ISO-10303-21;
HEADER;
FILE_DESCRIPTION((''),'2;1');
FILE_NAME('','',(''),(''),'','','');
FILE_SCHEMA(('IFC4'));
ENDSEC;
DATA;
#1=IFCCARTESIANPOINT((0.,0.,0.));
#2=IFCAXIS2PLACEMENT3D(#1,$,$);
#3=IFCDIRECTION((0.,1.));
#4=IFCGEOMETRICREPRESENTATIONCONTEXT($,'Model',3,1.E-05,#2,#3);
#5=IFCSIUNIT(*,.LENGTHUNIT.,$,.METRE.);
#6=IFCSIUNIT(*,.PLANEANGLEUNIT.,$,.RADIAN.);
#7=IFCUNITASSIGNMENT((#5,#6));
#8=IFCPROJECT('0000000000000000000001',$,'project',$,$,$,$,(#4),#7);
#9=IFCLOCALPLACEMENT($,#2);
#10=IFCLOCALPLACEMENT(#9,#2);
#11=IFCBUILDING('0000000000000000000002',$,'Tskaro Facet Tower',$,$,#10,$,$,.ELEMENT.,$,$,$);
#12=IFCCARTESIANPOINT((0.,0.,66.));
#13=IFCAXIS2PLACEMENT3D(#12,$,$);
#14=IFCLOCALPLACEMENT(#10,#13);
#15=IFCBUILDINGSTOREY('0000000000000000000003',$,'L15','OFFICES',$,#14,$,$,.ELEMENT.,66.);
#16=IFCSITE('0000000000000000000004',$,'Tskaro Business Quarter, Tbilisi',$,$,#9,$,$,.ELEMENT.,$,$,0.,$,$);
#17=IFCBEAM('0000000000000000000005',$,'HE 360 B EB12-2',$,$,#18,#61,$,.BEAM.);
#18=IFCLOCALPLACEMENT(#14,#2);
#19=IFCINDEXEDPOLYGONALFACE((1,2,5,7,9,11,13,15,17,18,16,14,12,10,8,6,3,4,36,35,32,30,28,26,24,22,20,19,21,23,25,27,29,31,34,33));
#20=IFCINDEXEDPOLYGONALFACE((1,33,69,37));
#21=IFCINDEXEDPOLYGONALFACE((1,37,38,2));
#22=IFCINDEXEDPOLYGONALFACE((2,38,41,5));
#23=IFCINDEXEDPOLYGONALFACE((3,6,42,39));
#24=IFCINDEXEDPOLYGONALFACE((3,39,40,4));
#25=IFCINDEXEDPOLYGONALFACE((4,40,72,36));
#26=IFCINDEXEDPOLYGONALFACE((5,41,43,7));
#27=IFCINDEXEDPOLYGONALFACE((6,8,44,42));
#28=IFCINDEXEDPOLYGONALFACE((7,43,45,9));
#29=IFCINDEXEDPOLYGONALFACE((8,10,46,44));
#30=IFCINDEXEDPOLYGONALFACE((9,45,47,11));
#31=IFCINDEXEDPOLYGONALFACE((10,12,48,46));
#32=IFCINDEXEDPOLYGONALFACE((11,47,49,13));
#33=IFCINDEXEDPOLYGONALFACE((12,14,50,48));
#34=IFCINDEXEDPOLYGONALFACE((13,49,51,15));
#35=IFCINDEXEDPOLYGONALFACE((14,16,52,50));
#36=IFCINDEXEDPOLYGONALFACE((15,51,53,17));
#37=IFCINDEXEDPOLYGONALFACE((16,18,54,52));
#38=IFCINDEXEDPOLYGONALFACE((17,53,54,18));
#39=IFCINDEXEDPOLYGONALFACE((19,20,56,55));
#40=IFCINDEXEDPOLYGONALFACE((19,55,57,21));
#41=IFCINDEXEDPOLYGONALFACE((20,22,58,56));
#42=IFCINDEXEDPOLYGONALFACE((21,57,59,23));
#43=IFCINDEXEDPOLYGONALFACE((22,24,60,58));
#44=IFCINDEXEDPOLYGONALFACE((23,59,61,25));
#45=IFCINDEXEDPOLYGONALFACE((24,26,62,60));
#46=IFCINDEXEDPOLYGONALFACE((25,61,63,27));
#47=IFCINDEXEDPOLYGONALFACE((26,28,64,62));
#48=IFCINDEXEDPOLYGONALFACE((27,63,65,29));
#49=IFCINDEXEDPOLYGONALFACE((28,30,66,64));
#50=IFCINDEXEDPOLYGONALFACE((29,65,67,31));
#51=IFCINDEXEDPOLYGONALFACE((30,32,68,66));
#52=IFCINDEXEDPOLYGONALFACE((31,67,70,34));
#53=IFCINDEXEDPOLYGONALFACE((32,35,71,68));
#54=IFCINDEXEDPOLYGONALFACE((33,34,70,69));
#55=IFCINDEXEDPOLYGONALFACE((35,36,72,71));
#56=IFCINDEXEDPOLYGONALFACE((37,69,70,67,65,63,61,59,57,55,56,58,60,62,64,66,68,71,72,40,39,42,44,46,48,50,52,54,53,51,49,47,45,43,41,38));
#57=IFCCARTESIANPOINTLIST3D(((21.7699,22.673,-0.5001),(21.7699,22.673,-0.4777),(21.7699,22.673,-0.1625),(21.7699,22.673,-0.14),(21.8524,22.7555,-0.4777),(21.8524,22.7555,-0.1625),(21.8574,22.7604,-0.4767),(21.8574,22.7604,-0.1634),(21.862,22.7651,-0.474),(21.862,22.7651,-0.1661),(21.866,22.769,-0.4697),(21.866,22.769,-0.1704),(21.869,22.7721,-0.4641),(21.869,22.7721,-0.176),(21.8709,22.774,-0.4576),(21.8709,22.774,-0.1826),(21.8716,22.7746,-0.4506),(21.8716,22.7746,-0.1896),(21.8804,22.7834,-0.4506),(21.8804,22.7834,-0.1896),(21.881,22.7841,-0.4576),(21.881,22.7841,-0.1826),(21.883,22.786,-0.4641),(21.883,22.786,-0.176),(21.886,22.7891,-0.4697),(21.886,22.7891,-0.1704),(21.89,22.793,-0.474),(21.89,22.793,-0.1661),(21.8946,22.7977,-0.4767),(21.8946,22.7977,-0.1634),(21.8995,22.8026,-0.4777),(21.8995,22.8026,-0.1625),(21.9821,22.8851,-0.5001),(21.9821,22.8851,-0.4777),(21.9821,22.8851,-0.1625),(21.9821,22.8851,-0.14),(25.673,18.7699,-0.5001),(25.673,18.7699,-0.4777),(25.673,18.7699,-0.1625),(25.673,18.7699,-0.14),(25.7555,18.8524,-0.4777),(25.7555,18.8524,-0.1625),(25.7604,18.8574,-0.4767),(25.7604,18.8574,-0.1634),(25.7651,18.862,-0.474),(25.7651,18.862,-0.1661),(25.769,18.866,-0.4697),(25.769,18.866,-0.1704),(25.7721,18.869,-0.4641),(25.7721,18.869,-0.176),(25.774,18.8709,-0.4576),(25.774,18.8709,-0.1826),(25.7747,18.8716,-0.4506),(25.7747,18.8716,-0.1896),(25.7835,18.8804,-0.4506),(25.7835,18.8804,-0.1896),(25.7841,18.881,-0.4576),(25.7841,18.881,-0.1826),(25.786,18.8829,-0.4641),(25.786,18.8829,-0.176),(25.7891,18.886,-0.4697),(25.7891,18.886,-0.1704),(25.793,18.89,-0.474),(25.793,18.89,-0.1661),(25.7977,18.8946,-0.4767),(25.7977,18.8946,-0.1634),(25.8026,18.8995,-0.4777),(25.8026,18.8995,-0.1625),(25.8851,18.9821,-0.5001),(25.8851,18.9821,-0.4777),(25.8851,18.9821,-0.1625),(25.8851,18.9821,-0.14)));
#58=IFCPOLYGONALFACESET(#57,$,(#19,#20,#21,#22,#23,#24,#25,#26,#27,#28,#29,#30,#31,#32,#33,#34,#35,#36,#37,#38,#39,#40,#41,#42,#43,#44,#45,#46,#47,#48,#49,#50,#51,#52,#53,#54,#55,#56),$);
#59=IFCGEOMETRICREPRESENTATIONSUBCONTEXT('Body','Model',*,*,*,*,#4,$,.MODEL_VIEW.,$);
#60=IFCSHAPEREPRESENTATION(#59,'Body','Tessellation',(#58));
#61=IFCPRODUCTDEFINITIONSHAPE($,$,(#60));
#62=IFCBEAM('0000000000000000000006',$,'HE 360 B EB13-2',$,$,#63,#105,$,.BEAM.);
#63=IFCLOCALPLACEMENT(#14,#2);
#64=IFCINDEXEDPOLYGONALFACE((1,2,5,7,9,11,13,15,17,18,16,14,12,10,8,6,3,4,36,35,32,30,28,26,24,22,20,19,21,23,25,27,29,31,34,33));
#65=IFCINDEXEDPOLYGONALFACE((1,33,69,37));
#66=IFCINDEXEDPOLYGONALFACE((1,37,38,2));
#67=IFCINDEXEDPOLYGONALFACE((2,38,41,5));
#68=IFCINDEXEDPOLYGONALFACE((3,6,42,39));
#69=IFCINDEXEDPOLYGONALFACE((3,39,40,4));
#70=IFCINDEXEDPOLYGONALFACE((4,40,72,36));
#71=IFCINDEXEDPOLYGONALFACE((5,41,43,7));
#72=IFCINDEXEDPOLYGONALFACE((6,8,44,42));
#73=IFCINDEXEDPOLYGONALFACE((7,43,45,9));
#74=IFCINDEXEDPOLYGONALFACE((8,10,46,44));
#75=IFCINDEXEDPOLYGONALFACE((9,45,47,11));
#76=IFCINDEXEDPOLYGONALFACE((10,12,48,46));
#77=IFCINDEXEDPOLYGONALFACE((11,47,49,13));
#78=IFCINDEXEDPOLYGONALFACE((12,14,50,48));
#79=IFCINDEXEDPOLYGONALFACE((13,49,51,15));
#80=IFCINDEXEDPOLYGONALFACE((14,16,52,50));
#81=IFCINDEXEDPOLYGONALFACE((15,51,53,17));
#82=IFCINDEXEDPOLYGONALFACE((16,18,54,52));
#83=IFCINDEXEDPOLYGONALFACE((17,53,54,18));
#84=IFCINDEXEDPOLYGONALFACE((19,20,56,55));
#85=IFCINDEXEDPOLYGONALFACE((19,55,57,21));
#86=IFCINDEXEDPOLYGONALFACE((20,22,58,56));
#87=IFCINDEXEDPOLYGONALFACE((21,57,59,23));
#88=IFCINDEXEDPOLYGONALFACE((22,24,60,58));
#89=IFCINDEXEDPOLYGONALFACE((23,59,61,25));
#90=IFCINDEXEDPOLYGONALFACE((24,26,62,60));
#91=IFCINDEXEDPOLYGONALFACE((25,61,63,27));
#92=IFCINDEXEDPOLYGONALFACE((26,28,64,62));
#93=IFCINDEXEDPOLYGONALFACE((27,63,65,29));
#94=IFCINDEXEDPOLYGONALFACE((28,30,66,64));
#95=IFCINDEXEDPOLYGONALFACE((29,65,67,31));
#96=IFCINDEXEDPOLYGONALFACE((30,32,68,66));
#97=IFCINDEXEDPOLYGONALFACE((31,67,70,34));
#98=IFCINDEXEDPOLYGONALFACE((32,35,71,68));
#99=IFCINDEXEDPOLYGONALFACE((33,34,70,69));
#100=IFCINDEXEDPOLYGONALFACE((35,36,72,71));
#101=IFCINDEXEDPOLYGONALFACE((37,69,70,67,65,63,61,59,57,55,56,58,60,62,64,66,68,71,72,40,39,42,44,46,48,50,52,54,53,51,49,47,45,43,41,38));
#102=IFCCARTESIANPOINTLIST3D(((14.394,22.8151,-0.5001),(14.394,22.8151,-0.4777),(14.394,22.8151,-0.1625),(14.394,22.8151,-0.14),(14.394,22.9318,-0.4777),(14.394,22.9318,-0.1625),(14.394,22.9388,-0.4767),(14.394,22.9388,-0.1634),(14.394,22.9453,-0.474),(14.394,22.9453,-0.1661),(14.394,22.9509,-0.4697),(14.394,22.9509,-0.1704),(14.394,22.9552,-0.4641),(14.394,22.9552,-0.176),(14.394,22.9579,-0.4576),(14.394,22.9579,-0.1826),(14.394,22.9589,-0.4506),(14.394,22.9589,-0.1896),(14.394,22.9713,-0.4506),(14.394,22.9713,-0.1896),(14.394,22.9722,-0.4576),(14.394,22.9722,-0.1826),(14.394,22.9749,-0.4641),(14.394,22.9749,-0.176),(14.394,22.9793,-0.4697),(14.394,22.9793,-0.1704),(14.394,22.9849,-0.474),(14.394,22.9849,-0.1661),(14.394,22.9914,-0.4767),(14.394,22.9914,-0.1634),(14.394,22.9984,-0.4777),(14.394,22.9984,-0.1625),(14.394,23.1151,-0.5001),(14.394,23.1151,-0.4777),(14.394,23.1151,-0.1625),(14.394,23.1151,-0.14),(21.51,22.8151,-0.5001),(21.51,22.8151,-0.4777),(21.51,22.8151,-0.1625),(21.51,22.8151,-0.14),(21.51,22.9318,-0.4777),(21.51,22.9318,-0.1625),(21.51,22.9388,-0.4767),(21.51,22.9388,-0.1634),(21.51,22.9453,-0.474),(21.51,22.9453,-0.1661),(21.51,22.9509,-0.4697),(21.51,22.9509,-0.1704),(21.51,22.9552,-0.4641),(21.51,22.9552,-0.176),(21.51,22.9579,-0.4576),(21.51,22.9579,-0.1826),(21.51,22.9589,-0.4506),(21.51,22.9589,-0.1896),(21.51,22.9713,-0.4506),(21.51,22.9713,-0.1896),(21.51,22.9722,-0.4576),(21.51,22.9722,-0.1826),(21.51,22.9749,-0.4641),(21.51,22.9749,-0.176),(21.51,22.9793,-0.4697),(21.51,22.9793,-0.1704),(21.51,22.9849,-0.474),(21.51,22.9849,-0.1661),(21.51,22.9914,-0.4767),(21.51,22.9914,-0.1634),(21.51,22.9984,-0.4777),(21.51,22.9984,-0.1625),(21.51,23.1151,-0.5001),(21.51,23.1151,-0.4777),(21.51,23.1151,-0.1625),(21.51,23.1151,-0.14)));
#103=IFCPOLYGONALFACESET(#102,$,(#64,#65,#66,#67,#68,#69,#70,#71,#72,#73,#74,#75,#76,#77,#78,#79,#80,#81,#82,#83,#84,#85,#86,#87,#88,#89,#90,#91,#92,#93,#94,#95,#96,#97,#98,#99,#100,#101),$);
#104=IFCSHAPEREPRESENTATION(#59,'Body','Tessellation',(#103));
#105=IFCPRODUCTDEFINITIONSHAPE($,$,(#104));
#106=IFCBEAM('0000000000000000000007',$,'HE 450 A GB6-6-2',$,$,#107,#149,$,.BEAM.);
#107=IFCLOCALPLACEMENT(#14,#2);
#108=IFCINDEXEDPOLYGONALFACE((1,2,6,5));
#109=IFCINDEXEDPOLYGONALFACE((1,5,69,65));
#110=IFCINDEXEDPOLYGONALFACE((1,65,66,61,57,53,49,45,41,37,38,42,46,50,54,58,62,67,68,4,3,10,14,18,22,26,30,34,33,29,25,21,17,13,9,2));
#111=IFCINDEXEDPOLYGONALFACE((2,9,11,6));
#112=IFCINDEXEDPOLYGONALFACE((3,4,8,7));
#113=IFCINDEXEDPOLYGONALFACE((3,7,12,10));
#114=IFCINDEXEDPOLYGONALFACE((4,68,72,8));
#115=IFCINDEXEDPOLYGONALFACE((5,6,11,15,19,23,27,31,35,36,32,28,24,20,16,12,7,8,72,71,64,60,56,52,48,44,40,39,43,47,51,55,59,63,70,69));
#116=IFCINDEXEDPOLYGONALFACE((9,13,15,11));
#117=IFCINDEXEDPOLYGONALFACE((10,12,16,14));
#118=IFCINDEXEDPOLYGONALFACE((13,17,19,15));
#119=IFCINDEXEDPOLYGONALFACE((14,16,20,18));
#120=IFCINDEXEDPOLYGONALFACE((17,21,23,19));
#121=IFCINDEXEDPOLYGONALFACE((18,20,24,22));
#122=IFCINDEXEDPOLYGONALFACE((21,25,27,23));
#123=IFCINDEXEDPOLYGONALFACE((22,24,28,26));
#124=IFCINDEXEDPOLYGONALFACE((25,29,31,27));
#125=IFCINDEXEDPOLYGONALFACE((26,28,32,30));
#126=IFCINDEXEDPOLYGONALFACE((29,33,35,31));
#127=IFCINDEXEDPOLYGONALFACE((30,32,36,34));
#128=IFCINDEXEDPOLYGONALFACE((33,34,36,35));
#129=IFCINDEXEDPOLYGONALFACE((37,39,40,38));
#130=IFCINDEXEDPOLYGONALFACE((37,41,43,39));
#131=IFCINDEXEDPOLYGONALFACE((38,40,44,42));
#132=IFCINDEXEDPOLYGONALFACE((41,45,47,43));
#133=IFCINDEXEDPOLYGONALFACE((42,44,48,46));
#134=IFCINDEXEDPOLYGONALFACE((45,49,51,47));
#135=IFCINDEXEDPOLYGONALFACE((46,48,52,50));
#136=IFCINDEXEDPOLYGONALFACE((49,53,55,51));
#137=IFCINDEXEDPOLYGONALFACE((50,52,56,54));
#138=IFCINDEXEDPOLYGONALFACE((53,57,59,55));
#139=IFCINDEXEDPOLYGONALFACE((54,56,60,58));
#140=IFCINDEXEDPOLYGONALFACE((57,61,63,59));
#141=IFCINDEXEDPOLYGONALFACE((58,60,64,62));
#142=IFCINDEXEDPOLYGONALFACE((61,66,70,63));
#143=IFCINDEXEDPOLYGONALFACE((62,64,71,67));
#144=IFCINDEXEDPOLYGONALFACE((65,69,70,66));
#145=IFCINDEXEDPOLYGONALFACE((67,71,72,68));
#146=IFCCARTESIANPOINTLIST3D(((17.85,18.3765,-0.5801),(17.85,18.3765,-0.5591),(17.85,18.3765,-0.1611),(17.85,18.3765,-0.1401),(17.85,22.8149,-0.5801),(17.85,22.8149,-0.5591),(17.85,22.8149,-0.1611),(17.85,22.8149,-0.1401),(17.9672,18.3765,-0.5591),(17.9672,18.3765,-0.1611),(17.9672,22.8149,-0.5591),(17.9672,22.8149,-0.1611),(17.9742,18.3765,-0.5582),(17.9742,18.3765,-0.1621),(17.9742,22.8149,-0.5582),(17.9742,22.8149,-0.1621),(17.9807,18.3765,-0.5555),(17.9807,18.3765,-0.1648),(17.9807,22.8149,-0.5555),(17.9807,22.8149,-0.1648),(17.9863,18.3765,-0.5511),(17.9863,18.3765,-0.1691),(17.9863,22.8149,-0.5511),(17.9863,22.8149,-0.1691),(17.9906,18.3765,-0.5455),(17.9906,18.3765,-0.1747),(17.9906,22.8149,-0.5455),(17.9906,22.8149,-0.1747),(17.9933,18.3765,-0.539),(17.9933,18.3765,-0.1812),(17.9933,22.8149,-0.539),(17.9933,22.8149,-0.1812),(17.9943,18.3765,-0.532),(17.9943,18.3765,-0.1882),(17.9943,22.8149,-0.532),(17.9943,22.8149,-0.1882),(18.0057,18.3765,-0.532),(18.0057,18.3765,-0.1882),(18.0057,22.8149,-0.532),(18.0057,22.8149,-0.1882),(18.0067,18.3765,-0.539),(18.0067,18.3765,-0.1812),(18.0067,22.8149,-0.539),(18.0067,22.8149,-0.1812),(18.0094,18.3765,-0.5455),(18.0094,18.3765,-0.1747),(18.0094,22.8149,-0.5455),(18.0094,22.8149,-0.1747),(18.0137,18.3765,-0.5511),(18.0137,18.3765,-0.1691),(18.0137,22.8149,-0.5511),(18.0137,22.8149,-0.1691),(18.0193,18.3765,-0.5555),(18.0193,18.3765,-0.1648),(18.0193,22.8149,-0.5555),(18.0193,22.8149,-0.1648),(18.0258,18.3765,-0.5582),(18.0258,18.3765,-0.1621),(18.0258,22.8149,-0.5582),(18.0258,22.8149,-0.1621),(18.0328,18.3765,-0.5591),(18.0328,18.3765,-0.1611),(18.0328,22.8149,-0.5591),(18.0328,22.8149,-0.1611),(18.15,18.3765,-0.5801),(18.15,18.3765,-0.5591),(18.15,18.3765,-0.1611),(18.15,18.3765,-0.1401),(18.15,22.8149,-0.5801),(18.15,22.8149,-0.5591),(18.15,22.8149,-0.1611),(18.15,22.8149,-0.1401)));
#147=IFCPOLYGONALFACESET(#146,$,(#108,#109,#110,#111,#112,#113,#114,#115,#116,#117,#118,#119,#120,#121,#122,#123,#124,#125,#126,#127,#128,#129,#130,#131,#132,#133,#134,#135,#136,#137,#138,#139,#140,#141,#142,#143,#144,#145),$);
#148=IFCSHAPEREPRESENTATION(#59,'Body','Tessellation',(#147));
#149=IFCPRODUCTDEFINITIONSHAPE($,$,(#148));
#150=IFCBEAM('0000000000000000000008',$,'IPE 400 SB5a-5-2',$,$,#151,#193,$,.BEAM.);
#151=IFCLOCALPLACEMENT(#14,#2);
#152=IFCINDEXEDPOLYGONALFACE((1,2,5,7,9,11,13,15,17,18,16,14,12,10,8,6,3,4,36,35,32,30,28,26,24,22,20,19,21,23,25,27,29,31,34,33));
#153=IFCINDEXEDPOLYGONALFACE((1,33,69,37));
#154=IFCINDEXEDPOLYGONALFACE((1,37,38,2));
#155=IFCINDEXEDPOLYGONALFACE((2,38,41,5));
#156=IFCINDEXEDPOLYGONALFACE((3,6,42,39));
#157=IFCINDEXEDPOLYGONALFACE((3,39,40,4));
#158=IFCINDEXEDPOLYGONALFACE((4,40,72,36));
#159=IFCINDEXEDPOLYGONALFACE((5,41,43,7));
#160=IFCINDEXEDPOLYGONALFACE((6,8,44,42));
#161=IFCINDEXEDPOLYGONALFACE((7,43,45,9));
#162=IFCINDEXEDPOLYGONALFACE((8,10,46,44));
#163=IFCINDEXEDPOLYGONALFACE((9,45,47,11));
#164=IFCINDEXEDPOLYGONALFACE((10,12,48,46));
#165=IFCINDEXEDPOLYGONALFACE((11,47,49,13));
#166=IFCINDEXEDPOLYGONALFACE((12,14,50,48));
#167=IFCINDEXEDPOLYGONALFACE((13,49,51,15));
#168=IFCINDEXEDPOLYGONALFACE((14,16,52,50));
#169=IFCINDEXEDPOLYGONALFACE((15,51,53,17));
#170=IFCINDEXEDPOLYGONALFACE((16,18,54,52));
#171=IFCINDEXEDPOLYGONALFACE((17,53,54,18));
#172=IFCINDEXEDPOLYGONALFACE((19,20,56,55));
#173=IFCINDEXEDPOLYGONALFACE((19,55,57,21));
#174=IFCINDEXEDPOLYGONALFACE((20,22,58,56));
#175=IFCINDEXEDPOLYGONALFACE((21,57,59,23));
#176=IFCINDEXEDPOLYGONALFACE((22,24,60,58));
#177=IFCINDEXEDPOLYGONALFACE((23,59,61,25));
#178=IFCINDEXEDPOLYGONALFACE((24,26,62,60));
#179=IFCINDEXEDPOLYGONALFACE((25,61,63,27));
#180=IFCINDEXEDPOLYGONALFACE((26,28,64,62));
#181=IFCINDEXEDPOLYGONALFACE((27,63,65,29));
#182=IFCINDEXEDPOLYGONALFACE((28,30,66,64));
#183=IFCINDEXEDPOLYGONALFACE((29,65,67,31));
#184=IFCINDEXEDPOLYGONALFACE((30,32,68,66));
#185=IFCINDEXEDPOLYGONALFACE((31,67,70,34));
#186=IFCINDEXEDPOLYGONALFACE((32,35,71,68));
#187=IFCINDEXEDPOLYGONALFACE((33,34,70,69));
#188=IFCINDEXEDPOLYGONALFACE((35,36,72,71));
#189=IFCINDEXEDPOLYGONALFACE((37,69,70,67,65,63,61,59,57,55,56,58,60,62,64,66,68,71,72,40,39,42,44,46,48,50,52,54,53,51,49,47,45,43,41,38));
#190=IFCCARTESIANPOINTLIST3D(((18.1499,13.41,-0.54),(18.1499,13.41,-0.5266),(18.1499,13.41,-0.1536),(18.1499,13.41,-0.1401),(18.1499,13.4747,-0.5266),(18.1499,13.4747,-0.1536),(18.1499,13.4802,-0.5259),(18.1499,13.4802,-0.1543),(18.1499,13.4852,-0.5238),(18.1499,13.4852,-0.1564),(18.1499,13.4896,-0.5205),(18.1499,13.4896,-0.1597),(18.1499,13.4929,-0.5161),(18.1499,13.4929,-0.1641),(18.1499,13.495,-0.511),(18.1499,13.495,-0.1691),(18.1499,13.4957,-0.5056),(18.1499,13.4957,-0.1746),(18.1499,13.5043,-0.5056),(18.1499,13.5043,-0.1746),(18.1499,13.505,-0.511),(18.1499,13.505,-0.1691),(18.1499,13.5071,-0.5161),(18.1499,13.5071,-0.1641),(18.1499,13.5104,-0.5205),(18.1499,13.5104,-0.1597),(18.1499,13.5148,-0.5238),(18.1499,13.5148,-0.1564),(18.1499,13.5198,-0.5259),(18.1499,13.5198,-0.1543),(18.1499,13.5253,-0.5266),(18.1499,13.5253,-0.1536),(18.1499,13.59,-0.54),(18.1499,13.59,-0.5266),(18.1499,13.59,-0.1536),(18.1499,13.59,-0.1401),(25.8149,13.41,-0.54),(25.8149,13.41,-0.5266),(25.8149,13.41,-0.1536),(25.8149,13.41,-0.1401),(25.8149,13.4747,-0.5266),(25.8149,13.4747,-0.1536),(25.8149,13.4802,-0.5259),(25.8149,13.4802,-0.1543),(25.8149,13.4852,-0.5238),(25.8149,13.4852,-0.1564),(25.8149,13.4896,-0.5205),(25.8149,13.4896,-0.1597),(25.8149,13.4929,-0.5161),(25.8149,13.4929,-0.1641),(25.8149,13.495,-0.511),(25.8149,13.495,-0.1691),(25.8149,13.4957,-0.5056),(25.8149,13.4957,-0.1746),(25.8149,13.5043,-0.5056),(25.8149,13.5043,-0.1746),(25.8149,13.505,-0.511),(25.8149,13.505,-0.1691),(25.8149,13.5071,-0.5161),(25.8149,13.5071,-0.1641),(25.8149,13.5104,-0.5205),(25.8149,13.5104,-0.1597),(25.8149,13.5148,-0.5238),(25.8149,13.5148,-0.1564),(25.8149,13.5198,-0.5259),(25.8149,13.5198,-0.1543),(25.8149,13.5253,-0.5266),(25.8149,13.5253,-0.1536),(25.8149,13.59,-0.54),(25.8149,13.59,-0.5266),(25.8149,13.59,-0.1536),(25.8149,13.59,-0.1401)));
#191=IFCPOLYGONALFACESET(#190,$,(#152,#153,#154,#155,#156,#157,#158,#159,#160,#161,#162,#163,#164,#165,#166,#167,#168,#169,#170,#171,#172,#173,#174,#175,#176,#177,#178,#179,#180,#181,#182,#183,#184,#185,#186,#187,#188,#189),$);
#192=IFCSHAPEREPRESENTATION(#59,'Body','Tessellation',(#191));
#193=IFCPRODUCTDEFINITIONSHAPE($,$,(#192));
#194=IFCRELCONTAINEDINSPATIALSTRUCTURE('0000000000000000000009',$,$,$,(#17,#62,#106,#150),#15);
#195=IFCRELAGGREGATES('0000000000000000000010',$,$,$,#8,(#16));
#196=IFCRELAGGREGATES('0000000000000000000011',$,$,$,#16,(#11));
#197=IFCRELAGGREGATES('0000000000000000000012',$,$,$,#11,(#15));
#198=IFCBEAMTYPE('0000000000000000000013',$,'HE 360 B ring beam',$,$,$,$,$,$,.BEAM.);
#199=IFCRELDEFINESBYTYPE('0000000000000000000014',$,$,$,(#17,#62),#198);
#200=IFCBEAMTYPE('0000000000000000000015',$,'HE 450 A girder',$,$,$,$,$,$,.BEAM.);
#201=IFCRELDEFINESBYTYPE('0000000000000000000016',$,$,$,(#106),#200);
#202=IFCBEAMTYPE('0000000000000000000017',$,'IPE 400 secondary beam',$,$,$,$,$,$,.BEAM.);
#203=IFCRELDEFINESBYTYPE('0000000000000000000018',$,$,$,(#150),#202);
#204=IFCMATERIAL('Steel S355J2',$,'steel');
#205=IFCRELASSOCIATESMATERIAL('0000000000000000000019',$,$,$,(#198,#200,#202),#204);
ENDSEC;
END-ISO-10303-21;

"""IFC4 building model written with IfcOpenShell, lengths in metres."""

from ifc_helpers import new_model, si_unit, direction, frame, origin, origin_2d, place, context, subcontext, project, spatial, i_section, extrude, material, material_profile, profile_set, type_object, element, save


model = new_model("IFC4")

# Units and contexts
model_context = context("Model", 3, precision=1e-05, world=origin(), true_north=direction((0.0, 1.0)))
body_context = subcontext(model_context, "Body", "Model", "MODEL_VIEW")
ifc_project = project(units=[si_unit("LENGTHUNIT", "METRE"), si_unit("PLANEANGLEUNIT", "RADIAN")], contexts=[model_context])

# Site, building, storey
site_placement = place(None, origin())
site = spatial("IfcSite", under=ifc_project, at=site_placement, Name="Tskaro Business Quarter, Tbilisi", CompositionType="ELEMENT", RefElevation=0.0)
building_placement = place(site_placement, origin())
building = spatial("IfcBuilding", under=site, at=building_placement, Name="Tskaro Facet Tower", CompositionType="ELEMENT")
storey_placement = place(building_placement, frame((0.0, 0.0, 66.0)))
storey = spatial("IfcBuildingStorey", under=building, at=storey_placement, Name="L15", Description="OFFICES", CompositionType="ELEMENT", Elevation=66.0)

# Beams
ifc_material_1 = material(Name="Steel S355J2", Category="steel")
ifc_material_profile_1 = material_profile(ifc_material_1, i_section(OverallWidth=0.3, OverallDepth=0.3601, WebThickness=0.0125, FlangeThickness=0.0225, FilletRadius=0.0271, at=origin_2d()), Name="HE 360 B")
ifc_profile_set_1 = profile_set([ifc_material_profile_1], Name="Steel S355J2")
beam_type_1 = type_object("IfcBeamType", Name="HE 360 B ring beam", PredefinedType="BEAM", material=ifc_profile_set_1)
beam_1_placement = place(storey_placement, frame((25.7791, 18.876, -0.3201), z_axis=(-0.707107, 0.707107, 0.0), x_axis=(-0.707107, -0.707107, 0.0)))
element("IfcBeam", 1, at=beam_1_placement, inside=storey, type_object=beam_type_1, Name="HE 360 B EB12-2", PredefinedType="BEAM", context=body_context, shape_type="SweptSolid", body=[
    extrude(i_section(OverallWidth=0.3, OverallDepth=0.3601, WebThickness=0.0125, FlangeThickness=0.0225, FilletRadius=0.0271, at=origin_2d()), origin(), (0.0, 0.0, 1.0), 5.5198),
])
beam_2_placement = place(storey_placement, frame((21.51, 22.9651, -0.3201), z_axis=(-1.0, 0.0, 0.0), x_axis=(0.0, -1.0, 0.0)))
element("IfcBeam", 2, at=beam_2_placement, inside=storey, type_object=beam_type_1, Name="HE 360 B EB13-2", PredefinedType="BEAM", context=body_context, shape_type="SweptSolid", body=[
    extrude(i_section(OverallWidth=0.3, OverallDepth=0.3601, WebThickness=0.0125, FlangeThickness=0.0225, FilletRadius=0.0271, at=origin_2d()), origin(), (0.0, 0.0, 1.0), 7.116),
])
ifc_material_profile_2 = material_profile(ifc_material_1, i_section(OverallWidth=0.3, OverallDepth=0.4399, WebThickness=0.0115, FlangeThickness=0.021, FilletRadius=0.0271, at=origin_2d()), Name="HE 450 A")
ifc_profile_set_2 = profile_set([ifc_material_profile_2], Name="Steel S355J2")
beam_type_2 = type_object("IfcBeamType", Name="HE 450 A girder", PredefinedType="BEAM", material=ifc_profile_set_2)
beam_3_placement = place(storey_placement, frame((18.0, 18.3765, -0.3601), z_axis=(0.0, 1.0, 0.0), x_axis=(-1.0, 0.0, 0.0)))
element("IfcBeam", 3, at=beam_3_placement, inside=storey, type_object=beam_type_2, Name="HE 450 A GB6-6-2", PredefinedType="BEAM", context=body_context, shape_type="SweptSolid", body=[
    extrude(i_section(OverallWidth=0.3, OverallDepth=0.4399, WebThickness=0.0115, FlangeThickness=0.021, FilletRadius=0.0271, at=origin_2d()), origin(), (0.0, 0.0, 1.0), 4.4385),
])
ifc_material_profile_3 = material_profile(ifc_material_1, i_section(OverallWidth=0.1799, OverallDepth=0.3999, WebThickness=0.0085, FlangeThickness=0.0134, FilletRadius=0.021, at=origin_2d()), Name="IPE 400")
ifc_profile_set_3 = profile_set([ifc_material_profile_3], Name="Steel S355J2")
beam_type_3 = type_object("IfcBeamType", Name="IPE 400 secondary beam", PredefinedType="BEAM", material=ifc_profile_set_3)
beam_4_placement = place(storey_placement, frame((18.1499, 13.5, -0.3401), z_axis=(1.0, 0.0, 0.0), x_axis=(0.0, 1.0, 0.0)))
element("IfcBeam", 4, at=beam_4_placement, inside=storey, type_object=beam_type_3, Name="IPE 400 SB5a-5-2", PredefinedType="BEAM", context=body_context, shape_type="SweptSolid", body=[
    extrude(i_section(OverallWidth=0.1799, OverallDepth=0.3999, WebThickness=0.0085, FlangeThickness=0.0134, FilletRadius=0.021, at=origin_2d()), origin(), (0.0, 0.0, 1.0), 7.665),
])

save(model, "model.ifc")
